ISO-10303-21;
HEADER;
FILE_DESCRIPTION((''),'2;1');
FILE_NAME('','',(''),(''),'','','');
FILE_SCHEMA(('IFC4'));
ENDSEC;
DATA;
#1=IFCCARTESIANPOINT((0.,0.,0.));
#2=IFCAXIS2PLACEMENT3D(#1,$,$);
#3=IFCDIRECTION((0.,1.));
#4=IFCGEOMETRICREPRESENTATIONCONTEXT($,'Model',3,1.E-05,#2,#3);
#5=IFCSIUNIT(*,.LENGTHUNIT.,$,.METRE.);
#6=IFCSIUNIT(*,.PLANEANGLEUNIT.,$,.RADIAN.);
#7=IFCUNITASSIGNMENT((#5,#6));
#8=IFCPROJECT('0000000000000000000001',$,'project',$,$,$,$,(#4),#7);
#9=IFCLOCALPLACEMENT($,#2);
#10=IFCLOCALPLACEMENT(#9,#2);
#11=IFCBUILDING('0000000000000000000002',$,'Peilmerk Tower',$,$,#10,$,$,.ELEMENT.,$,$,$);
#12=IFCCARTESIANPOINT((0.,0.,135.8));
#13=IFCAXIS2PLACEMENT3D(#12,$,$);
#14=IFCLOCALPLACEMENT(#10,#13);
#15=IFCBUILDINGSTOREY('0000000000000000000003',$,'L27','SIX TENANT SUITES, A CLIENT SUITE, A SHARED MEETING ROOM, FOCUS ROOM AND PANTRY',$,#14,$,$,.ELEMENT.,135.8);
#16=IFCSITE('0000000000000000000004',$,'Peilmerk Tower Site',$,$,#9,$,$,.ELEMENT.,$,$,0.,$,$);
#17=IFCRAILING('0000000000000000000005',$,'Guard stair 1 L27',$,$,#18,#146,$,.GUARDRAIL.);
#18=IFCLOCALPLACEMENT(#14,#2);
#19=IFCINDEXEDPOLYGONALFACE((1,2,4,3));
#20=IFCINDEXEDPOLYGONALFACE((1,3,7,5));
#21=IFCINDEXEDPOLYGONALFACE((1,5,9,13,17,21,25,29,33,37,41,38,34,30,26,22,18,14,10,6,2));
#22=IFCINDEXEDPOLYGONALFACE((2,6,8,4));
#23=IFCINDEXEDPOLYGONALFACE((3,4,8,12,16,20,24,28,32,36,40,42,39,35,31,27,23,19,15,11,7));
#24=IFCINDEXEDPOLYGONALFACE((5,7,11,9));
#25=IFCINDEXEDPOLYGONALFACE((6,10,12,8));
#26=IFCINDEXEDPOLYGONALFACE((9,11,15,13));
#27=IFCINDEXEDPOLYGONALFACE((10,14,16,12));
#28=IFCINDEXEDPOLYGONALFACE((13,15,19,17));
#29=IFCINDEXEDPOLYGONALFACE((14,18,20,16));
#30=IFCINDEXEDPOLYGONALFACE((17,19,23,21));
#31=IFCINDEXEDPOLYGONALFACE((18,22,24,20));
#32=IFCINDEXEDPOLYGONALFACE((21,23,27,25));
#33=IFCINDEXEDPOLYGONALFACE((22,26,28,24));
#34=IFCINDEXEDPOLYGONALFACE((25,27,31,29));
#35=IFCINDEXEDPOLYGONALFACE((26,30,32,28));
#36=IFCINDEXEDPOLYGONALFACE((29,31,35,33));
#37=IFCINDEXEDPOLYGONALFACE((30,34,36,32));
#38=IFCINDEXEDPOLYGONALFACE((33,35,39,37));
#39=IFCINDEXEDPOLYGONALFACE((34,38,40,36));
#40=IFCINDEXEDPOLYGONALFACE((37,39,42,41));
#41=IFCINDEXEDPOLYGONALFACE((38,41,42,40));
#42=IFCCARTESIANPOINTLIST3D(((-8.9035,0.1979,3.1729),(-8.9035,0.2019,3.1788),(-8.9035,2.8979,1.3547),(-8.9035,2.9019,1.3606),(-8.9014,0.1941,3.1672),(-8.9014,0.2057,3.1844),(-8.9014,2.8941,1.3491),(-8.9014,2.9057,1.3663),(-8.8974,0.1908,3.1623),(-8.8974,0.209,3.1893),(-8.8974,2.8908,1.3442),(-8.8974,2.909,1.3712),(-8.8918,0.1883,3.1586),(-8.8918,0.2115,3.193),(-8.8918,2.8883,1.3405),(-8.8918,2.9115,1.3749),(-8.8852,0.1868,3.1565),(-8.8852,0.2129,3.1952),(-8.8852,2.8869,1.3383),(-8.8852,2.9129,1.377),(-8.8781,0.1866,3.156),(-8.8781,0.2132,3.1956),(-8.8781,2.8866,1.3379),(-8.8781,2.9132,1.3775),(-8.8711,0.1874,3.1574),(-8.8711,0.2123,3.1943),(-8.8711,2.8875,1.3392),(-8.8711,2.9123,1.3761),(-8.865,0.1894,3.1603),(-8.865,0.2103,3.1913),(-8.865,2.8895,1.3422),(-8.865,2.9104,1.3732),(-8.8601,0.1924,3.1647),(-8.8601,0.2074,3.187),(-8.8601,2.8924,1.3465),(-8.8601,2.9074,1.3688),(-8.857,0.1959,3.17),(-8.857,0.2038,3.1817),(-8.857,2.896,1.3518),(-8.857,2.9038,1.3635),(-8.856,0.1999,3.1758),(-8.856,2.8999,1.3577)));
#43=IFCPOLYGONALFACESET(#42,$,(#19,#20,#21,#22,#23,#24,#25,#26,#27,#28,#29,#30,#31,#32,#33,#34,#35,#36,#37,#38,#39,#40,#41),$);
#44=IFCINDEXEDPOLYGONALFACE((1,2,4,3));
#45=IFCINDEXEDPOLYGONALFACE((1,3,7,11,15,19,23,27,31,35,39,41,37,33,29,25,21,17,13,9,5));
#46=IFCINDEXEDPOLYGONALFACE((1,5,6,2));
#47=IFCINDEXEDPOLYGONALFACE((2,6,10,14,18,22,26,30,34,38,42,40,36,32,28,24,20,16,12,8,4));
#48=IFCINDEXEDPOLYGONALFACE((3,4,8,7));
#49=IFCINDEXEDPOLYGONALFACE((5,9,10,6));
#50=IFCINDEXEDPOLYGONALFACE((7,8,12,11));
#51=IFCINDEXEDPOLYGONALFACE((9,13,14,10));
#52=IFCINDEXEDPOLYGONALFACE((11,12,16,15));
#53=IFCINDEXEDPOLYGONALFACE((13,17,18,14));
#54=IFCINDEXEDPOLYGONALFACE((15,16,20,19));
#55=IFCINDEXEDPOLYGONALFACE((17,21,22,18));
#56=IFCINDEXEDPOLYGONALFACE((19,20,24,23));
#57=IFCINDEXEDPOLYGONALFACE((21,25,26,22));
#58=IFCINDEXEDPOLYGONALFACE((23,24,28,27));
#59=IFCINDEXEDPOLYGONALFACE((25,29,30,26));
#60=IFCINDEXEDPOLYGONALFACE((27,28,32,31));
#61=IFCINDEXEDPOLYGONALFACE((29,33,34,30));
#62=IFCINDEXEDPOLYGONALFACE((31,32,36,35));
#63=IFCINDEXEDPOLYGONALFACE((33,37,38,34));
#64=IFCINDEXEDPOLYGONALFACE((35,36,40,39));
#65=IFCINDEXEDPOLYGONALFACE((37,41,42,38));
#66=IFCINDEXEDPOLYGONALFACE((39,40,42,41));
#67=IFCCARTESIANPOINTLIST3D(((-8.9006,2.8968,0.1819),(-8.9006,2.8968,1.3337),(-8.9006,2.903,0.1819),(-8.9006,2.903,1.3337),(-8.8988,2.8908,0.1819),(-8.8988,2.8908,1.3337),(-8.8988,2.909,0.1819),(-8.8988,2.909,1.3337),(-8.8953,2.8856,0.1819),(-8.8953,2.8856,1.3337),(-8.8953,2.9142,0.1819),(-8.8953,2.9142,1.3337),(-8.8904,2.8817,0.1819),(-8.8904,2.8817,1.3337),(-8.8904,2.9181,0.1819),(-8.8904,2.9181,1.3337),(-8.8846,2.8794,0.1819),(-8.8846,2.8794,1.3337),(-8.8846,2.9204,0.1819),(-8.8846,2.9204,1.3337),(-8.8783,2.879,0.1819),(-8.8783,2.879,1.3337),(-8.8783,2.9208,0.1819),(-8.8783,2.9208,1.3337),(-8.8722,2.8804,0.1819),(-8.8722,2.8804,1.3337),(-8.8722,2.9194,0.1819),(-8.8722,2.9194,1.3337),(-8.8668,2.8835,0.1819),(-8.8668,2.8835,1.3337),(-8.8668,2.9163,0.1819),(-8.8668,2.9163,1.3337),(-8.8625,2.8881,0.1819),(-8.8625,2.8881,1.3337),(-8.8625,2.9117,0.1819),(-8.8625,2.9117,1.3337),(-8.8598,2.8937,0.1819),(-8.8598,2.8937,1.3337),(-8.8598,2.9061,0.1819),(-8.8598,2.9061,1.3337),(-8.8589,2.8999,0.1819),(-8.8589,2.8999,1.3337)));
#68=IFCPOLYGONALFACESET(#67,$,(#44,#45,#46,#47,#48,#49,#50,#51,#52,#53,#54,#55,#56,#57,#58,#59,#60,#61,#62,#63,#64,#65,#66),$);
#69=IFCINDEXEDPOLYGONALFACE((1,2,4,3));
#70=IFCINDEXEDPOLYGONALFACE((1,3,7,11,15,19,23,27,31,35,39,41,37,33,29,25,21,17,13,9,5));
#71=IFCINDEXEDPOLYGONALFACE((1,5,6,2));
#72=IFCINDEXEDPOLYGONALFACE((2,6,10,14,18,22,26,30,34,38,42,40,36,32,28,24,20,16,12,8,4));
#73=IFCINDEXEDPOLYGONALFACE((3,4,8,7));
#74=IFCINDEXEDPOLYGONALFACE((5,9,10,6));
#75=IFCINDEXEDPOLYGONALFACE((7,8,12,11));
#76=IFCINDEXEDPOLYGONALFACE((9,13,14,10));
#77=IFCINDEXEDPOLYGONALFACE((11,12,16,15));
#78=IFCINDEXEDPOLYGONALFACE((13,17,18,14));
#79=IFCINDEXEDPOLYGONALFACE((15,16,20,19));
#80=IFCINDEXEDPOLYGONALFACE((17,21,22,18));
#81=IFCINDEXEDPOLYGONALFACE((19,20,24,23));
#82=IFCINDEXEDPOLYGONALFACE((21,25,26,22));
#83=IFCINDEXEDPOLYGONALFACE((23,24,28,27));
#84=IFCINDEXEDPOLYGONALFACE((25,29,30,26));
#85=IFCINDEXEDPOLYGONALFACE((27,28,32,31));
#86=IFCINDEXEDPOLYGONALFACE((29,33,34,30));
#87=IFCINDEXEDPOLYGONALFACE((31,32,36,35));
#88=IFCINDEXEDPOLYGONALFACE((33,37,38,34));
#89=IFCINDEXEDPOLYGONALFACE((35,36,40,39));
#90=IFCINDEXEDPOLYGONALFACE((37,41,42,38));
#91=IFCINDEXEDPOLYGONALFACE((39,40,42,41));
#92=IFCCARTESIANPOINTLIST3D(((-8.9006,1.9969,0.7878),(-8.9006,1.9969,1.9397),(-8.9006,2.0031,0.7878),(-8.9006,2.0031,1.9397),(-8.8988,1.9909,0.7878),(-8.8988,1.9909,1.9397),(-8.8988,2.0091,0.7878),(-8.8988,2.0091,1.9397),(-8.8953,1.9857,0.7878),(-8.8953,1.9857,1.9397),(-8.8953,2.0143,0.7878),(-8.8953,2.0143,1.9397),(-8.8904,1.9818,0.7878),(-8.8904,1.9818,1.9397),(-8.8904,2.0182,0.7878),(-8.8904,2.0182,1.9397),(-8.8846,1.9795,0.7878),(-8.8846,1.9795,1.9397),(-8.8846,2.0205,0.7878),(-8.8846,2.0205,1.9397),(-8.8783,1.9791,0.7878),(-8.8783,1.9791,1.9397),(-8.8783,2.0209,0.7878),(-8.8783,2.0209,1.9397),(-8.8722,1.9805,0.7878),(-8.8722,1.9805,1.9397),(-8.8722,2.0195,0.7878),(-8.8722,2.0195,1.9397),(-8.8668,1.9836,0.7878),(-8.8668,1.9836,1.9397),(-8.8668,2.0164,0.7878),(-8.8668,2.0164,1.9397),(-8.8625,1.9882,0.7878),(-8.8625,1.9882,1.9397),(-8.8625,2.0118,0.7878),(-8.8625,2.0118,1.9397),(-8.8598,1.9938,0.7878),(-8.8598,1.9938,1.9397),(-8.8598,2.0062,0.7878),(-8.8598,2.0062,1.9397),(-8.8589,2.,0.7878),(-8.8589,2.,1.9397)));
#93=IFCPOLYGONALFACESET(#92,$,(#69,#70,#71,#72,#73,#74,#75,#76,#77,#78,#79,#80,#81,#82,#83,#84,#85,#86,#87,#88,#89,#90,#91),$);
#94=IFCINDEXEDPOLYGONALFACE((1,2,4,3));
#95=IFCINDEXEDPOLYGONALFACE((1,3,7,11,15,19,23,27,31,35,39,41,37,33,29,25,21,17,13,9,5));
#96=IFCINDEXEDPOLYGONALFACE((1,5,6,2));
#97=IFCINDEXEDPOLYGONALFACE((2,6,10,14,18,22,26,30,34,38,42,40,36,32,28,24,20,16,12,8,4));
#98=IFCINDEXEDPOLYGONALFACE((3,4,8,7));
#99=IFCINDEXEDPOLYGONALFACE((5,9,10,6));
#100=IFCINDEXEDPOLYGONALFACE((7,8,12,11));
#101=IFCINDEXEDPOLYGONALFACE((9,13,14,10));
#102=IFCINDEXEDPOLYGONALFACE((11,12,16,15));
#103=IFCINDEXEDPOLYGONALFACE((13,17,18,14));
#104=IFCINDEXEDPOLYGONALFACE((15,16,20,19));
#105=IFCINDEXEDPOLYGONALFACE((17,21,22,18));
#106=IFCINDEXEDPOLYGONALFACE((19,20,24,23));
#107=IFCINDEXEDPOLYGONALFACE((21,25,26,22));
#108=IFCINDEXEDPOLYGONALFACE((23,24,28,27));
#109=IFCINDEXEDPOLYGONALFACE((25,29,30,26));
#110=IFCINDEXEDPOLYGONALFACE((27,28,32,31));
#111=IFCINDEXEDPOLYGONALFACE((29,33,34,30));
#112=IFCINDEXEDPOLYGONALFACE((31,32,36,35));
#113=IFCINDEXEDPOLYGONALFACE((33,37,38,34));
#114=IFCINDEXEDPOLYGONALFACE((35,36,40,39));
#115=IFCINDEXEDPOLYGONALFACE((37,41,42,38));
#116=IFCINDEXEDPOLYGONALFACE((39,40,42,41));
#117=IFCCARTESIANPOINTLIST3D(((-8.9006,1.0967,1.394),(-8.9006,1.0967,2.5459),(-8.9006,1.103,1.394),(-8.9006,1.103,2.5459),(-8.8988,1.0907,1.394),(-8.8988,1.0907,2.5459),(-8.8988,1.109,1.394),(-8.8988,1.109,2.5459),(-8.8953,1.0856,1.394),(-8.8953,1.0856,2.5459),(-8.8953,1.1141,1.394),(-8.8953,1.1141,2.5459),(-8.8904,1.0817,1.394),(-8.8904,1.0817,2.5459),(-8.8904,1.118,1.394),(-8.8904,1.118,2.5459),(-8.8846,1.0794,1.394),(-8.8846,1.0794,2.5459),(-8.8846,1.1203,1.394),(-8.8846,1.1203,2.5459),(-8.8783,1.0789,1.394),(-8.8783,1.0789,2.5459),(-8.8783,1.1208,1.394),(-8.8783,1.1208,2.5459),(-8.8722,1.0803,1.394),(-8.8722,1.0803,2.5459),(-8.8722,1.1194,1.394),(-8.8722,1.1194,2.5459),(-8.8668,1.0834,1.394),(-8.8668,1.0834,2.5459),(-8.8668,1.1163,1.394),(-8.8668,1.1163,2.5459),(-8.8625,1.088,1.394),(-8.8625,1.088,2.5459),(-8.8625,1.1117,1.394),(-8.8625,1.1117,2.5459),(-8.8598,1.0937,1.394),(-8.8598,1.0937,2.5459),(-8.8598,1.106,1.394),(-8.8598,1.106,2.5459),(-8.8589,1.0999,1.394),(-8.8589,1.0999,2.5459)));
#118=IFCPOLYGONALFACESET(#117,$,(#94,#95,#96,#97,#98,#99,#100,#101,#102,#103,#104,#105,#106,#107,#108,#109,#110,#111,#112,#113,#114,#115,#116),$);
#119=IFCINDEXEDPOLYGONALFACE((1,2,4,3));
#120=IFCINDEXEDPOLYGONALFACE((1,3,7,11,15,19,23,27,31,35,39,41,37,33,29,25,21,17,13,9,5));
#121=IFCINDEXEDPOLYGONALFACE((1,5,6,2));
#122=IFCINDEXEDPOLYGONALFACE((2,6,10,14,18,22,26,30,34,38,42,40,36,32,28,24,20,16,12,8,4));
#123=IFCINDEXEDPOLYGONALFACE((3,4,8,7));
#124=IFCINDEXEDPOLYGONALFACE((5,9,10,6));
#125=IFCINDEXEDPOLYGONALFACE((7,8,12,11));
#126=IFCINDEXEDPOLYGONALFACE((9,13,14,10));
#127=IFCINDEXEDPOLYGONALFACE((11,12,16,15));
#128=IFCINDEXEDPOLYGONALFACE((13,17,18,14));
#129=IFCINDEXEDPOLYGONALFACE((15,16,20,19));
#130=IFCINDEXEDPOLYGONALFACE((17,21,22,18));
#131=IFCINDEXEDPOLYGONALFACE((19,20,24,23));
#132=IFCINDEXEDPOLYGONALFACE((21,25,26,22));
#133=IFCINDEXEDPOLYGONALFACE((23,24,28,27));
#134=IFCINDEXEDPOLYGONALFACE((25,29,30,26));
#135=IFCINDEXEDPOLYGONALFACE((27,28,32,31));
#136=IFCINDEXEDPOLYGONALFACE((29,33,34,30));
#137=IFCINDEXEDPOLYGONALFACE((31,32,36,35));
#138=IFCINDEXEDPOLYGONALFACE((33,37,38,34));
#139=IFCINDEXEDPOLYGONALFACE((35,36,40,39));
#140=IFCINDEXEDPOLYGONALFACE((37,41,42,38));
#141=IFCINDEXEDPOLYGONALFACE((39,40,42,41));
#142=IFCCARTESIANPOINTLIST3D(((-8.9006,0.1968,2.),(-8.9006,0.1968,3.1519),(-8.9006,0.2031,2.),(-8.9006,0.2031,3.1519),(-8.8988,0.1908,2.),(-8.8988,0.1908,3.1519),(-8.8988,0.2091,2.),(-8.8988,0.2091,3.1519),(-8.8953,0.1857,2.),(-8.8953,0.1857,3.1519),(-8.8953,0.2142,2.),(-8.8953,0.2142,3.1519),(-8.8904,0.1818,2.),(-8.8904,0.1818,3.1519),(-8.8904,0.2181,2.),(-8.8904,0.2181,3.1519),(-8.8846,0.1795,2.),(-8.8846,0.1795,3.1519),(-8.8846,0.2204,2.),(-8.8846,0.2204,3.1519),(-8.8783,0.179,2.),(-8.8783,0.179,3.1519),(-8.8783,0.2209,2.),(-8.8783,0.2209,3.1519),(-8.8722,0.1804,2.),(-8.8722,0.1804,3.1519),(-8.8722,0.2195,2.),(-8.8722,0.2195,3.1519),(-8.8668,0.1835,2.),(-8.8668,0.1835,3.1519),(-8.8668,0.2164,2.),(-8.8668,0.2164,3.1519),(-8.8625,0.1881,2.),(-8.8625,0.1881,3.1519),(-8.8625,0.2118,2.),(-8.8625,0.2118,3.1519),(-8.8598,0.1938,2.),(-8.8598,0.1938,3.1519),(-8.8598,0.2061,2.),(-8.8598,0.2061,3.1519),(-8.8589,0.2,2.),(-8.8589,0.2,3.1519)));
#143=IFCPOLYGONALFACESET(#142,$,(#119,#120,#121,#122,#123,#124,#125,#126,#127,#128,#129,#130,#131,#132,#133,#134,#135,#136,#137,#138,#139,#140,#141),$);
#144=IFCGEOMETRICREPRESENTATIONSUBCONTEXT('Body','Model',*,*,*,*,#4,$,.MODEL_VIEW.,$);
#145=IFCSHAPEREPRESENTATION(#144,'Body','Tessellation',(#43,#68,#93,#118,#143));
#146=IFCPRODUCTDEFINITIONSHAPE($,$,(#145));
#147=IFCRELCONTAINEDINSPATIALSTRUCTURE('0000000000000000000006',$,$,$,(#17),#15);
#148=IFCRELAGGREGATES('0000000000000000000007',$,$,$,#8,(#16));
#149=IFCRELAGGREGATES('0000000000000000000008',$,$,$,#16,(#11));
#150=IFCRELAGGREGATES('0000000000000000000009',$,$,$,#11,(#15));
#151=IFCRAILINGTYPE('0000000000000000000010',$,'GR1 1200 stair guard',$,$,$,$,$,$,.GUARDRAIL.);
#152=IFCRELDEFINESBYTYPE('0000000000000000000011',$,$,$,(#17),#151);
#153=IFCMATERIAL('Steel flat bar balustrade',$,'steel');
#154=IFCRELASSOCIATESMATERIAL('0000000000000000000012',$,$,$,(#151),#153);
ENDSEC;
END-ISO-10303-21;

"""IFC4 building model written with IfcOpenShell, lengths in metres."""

from ifc_helpers import new_model, si_unit, direction, frame, origin, origin_2d, place, context, subcontext, project, spatial, circle, extrude, material, type_object, element, save


model = new_model("IFC4")

# Units and contexts
model_context = context("Model", 3, precision=1e-05, world=origin(), true_north=direction((0.0, 1.0)))
body_context = subcontext(model_context, "Body", "Model", "MODEL_VIEW")
ifc_project = project(units=[si_unit("LENGTHUNIT", "METRE"), si_unit("PLANEANGLEUNIT", "RADIAN")], contexts=[model_context])

# Site, building, storey
site_placement = place(None, origin())
site = spatial("IfcSite", under=ifc_project, at=site_placement, Name="Peilmerk Tower Site", CompositionType="ELEMENT", RefElevation=0.0)
building_placement = place(site_placement, origin())
building = spatial("IfcBuilding", under=site, at=building_placement, Name="Peilmerk Tower", CompositionType="ELEMENT")
storey_placement = place(building_placement, frame((0.0, 0.0, 135.8)))
storey = spatial("IfcBuildingStorey", under=building, at=storey_placement, Name="L27", Description="SIX TENANT SUITES, A CLIENT SUITE, A SHARED MEETING ROOM, FOCUS ROOM AND PANTRY", CompositionType="ELEMENT", Elevation=135.8)

# Railing
ifc_material_1 = material(Name="Steel flat bar balustrade", Category="steel")
railing_type_1 = type_object("IfcRailingType", Name="GR1 1200 stair guard", PredefinedType="GUARDRAIL", material=ifc_material_1)
railing_1_placement = place(storey_placement, frame((-8.8799, 2.8999, 0.1819)))
element("IfcRailing", 1, at=railing_1_placement, inside=storey, type_object=railing_type_1, Name="Guard stair 1 L27", PredefinedType="GUARDRAIL", context=body_context, shape_type="SweptSolid", body=[
    extrude(circle(Radius=0.0239, at=origin_2d()), frame((0.0, 0.0, 1.1758), z_axis=(0.0, -0.829468, 0.558554), x_axis=(1.0, 0.0, 0.0)), (0.0, 0.0, 1.0), 3.2551),
    extrude(circle(Radius=0.021, at=origin_2d()), origin(), (0.0, 0.0, 1.0), 1.1519),
    extrude(circle(Radius=0.021, at=origin_2d()), frame((0.0, -0.8999, 0.606)), (0.0, 0.0, 1.0), 1.1519),
    extrude(circle(Radius=0.021, at=origin_2d()), frame((0.0, -1.8, 1.2122)), (0.0, 0.0, 1.0), 1.1519),
    extrude(circle(Radius=0.021, at=origin_2d()), frame((0.0, -2.7, 1.8181)), (0.0, 0.0, 1.0), 1.1519),
])

save(model, "model.ifc")
